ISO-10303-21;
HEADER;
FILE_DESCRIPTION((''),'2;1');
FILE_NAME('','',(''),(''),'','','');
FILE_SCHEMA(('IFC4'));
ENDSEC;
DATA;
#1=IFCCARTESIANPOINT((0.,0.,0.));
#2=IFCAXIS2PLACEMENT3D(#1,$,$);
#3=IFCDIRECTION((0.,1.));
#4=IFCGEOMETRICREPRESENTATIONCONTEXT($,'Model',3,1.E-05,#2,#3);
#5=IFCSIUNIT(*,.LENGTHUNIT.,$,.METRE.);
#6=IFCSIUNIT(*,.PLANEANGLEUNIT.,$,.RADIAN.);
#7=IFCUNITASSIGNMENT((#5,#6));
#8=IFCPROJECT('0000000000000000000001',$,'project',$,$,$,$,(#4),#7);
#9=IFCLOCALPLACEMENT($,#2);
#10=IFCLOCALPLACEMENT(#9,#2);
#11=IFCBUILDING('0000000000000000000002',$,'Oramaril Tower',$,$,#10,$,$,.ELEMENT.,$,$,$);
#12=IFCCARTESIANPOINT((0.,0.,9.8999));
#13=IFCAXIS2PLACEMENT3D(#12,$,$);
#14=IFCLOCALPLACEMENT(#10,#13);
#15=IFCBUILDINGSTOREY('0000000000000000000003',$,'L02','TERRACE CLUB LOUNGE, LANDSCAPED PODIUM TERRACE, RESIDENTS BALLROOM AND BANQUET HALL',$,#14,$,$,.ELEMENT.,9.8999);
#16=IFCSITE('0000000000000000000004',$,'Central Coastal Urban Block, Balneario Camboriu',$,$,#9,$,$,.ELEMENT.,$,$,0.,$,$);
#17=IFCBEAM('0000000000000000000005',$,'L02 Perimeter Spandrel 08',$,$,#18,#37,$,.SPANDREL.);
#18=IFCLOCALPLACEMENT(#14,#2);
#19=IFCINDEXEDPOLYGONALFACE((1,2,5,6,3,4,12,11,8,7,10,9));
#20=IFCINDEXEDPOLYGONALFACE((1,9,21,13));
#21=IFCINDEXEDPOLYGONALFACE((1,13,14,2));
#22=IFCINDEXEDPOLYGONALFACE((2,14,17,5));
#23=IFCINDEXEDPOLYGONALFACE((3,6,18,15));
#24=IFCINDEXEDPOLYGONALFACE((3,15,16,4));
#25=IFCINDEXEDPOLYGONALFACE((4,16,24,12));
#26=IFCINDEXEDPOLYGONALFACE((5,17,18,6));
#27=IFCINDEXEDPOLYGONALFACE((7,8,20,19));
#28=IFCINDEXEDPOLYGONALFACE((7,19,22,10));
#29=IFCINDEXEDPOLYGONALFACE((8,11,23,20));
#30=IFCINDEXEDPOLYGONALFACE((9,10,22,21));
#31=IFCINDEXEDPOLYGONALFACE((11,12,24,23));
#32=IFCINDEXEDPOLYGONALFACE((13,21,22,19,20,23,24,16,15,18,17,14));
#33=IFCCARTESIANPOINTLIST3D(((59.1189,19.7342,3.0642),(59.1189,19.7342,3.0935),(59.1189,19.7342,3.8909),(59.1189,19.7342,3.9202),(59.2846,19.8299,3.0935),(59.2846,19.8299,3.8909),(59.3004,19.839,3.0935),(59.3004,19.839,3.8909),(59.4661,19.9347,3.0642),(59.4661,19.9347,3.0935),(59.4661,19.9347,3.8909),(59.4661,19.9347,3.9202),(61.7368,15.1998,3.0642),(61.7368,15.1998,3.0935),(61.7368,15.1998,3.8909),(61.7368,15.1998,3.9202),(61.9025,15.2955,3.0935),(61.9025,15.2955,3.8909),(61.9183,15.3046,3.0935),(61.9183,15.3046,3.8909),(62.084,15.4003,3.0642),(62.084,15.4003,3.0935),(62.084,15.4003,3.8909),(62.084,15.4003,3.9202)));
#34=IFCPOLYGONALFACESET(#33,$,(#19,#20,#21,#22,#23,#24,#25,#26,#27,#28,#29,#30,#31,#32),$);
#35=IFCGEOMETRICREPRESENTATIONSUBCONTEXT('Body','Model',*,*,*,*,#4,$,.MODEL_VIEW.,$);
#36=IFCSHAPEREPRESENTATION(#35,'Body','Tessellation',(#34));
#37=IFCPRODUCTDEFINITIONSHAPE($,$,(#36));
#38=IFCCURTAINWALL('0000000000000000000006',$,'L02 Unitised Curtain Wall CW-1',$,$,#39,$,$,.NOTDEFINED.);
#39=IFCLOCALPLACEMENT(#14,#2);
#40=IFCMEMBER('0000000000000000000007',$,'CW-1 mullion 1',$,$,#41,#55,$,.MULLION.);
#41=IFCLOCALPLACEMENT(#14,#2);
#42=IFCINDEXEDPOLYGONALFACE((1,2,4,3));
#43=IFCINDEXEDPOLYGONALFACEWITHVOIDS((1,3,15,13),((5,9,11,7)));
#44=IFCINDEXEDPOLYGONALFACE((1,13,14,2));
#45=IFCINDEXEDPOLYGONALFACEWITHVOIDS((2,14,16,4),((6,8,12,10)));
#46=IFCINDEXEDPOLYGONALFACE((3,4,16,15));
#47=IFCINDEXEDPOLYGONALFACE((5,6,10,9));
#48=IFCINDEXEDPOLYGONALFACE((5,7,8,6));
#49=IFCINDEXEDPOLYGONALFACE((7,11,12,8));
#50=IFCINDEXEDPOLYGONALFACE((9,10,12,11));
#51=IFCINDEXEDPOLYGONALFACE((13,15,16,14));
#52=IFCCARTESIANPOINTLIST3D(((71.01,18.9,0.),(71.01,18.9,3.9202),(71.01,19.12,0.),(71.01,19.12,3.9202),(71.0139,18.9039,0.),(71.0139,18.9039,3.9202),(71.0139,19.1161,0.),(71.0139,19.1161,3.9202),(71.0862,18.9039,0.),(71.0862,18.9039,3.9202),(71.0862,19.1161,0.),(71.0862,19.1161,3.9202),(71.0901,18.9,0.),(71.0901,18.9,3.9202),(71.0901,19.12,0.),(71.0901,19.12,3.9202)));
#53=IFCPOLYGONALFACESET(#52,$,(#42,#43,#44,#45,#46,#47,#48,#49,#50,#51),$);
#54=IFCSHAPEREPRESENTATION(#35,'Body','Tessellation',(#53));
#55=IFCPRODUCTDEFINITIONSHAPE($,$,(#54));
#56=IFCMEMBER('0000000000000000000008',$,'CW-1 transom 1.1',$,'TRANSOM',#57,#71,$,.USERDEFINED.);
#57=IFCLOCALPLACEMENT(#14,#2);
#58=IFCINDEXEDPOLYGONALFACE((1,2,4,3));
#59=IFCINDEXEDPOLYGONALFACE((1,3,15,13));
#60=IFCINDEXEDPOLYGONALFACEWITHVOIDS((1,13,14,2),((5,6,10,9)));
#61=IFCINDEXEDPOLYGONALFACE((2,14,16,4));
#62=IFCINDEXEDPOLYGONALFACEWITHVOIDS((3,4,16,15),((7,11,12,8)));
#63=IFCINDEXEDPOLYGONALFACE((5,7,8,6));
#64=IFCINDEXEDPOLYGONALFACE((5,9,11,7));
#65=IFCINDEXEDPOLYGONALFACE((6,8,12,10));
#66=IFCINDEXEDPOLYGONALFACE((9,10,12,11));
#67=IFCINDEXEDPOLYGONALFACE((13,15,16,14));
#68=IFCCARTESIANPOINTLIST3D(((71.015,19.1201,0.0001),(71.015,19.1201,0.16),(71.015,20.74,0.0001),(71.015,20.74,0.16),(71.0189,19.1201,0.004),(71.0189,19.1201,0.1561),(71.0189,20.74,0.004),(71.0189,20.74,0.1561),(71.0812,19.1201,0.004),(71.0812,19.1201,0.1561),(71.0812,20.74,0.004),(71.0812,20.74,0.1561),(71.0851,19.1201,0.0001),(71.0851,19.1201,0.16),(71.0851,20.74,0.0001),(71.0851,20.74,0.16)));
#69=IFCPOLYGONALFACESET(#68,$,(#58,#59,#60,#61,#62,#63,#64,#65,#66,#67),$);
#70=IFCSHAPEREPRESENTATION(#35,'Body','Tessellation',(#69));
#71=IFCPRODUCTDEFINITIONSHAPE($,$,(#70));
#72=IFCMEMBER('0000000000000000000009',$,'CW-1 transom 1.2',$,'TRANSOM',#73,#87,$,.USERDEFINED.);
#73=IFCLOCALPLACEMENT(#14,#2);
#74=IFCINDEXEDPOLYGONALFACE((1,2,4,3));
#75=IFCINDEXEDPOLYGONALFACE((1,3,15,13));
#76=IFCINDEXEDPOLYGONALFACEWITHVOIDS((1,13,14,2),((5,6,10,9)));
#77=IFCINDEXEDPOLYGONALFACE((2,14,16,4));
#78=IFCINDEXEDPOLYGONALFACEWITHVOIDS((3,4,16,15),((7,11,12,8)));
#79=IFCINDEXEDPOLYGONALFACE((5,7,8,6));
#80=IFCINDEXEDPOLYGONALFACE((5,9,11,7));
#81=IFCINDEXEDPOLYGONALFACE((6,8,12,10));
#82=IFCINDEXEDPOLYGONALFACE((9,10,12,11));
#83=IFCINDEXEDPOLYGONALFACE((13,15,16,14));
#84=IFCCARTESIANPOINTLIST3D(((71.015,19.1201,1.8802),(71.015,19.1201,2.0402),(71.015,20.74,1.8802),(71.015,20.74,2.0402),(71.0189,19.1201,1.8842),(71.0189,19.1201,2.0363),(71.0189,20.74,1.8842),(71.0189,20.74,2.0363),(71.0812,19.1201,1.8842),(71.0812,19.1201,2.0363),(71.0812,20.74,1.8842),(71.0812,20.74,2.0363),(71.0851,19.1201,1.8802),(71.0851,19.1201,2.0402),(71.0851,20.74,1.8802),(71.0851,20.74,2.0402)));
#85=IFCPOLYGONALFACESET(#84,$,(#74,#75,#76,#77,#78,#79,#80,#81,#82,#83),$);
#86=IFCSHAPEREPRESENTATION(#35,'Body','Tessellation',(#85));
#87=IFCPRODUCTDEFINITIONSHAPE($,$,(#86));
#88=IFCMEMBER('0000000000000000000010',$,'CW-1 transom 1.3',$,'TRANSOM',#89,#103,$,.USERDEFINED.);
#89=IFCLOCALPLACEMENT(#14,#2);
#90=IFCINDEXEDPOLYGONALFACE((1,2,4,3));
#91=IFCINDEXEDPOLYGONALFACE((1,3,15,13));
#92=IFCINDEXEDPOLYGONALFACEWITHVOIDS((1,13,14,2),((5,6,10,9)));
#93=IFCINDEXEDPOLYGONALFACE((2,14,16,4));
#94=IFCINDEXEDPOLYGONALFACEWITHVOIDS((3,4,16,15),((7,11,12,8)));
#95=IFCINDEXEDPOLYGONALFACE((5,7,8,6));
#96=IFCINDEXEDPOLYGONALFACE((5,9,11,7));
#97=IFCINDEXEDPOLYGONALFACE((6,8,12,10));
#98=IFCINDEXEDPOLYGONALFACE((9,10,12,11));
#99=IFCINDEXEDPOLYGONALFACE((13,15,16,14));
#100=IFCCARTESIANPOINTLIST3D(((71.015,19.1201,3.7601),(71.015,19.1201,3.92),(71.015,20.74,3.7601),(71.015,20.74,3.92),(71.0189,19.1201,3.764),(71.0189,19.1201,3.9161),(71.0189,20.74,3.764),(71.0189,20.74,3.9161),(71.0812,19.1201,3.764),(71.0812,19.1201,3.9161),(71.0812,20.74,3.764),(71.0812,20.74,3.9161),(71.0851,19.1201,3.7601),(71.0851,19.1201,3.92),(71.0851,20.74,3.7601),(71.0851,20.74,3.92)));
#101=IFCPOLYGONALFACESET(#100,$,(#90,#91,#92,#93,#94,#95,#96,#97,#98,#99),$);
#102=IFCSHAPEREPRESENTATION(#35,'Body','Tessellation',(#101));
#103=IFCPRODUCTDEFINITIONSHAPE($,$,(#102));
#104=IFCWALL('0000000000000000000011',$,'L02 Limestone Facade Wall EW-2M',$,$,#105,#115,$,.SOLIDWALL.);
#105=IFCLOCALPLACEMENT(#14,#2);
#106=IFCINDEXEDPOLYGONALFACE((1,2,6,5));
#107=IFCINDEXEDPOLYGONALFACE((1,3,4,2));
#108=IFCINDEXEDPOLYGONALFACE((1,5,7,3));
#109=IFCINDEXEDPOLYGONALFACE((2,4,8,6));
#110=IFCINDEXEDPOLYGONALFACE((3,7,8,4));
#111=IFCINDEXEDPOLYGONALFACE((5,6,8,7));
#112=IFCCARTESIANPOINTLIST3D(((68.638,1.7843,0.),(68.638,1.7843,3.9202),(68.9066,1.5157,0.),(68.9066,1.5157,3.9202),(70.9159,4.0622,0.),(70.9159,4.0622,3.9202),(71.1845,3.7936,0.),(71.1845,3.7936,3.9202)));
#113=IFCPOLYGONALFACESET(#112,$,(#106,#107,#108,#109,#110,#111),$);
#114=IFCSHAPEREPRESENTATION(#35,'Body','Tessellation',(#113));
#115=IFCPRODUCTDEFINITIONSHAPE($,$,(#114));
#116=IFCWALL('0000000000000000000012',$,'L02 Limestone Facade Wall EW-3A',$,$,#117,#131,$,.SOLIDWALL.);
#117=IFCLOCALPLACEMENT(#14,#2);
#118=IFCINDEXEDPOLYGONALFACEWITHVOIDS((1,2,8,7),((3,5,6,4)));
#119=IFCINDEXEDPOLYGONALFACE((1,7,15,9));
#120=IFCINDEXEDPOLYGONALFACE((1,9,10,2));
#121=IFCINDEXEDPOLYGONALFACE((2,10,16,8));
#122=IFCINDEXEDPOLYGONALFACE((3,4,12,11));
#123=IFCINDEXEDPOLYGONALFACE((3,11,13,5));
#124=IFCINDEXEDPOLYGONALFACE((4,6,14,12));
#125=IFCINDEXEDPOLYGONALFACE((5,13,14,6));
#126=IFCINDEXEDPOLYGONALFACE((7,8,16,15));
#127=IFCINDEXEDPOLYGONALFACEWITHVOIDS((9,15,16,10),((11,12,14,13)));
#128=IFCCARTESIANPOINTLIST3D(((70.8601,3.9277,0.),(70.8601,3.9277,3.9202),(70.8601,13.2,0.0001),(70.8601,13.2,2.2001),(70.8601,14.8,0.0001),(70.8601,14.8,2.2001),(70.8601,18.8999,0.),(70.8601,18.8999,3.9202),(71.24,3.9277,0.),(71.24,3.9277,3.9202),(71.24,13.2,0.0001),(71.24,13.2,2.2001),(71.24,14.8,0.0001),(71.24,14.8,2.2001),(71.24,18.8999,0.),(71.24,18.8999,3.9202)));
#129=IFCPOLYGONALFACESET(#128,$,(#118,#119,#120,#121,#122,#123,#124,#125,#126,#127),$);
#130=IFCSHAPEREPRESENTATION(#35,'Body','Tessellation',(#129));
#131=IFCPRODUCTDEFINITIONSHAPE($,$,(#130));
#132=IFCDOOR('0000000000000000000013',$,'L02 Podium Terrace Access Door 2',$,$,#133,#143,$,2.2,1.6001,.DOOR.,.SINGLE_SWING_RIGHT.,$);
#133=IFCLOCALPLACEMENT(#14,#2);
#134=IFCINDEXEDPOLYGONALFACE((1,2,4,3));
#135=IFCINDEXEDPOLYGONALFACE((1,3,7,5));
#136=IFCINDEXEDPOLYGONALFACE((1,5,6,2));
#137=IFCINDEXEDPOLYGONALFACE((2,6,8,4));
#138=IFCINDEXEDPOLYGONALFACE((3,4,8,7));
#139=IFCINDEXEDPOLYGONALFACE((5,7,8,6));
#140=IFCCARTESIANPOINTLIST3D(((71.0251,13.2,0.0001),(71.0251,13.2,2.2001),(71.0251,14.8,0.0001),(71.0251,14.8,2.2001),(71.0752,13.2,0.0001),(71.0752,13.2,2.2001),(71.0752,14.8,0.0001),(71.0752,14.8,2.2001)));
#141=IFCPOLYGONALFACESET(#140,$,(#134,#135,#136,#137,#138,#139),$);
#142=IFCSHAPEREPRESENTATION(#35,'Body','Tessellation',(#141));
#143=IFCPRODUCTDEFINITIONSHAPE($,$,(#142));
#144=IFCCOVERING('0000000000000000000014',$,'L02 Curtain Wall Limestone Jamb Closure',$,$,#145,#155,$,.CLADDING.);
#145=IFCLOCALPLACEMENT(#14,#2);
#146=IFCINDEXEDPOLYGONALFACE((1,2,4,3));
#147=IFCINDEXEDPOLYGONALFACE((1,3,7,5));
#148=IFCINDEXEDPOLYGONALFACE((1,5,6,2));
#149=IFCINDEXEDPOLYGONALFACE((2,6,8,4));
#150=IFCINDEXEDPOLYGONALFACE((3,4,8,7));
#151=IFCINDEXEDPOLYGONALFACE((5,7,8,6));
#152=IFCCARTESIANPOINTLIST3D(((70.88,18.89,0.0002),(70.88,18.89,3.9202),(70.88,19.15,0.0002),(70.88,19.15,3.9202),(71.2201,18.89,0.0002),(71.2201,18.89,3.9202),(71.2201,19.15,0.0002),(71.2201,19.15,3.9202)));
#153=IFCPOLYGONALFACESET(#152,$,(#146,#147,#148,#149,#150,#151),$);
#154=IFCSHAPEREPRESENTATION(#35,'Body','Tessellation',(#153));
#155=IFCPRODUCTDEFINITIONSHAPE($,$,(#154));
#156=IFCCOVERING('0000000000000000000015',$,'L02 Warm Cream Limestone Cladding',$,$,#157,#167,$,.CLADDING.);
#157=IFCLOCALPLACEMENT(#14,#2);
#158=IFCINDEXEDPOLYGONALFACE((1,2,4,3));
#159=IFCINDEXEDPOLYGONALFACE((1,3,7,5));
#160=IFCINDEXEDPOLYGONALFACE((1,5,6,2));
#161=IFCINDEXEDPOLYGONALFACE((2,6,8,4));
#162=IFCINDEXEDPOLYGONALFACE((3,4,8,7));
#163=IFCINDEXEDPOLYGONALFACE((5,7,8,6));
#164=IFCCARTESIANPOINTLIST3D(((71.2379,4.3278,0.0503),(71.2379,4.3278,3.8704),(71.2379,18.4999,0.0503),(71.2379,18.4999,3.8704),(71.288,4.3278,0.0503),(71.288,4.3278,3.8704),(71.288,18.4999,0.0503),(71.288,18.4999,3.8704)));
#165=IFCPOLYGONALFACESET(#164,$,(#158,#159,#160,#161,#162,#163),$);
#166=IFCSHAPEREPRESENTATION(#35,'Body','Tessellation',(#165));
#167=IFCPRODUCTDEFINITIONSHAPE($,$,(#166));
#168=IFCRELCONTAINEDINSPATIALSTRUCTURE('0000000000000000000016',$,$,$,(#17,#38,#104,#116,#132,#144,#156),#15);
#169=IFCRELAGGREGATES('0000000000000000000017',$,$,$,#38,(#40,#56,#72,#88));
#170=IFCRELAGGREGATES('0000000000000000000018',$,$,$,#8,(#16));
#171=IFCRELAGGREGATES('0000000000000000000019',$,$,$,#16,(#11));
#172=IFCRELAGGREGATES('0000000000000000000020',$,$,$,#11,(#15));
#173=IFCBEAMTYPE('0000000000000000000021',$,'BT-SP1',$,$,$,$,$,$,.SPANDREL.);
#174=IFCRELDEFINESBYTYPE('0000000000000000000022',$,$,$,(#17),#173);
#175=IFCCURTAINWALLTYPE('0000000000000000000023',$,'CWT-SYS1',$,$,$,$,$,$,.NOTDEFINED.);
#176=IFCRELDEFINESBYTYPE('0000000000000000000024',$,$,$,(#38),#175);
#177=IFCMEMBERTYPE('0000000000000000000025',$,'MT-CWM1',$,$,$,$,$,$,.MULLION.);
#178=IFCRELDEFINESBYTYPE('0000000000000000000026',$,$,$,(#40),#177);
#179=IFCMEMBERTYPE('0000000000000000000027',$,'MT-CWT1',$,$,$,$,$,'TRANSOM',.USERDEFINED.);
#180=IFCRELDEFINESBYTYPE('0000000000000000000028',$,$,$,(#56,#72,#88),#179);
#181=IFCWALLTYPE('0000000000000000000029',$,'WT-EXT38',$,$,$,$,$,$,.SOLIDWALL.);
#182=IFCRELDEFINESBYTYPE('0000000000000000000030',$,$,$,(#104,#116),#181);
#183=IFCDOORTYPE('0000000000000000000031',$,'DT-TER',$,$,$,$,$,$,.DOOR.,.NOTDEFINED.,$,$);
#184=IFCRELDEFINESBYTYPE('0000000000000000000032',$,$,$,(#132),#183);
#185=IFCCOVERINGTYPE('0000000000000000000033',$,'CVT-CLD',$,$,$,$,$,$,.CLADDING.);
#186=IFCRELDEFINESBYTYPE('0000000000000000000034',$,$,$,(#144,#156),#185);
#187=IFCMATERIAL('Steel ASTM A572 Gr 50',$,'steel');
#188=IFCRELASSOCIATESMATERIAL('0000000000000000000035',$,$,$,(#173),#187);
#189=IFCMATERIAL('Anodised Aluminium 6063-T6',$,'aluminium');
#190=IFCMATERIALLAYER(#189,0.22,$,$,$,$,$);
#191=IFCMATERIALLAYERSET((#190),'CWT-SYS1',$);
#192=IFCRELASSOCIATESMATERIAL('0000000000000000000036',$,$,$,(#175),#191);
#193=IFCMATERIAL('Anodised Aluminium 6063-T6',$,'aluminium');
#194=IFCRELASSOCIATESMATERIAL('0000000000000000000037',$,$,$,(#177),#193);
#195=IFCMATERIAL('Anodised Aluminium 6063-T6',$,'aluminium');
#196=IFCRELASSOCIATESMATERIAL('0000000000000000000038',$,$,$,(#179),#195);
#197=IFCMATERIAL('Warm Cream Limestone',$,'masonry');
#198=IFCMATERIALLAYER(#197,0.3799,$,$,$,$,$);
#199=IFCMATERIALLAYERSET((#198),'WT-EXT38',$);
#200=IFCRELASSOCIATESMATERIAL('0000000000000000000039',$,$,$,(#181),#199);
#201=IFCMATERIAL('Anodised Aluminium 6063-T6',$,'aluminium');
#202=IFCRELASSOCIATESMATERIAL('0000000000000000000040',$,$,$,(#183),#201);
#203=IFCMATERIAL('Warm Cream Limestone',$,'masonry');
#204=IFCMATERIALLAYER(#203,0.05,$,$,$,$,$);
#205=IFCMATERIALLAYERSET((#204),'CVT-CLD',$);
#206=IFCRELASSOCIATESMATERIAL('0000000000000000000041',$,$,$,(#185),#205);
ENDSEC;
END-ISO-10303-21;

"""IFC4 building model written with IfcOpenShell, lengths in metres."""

from ifc_helpers import new_model, si_unit, direction, frame, frame_2d, origin, origin_2d, place, context, subcontext, project, spatial, rectangle, hollow_rectangle, i_section, extrude, material, layer, layer_set, material_profile, profile_set, type_object, element, fill, aggregate, save


model = new_model("IFC4")

# Units and contexts
model_context = context("Model", 3, precision=1e-05, world=origin(), true_north=direction((0.0, 1.0)))
body_context = subcontext(model_context, "Body", "Model", "MODEL_VIEW")
ifc_project = project(units=[si_unit("LENGTHUNIT", "METRE"), si_unit("PLANEANGLEUNIT", "RADIAN")], contexts=[model_context])

# Site, building, storey
site_placement = place(None, origin())
site = spatial("IfcSite", under=ifc_project, at=site_placement, Name="Central Coastal Urban Block, Balneario Camboriu", CompositionType="ELEMENT", RefElevation=0.0)
building_placement = place(site_placement, origin())
building = spatial("IfcBuilding", under=site, at=building_placement, Name="Oramaril Tower", CompositionType="ELEMENT")
storey_placement = place(building_placement, frame((0.0, 0.0, 9.8999)))
storey = spatial("IfcBuildingStorey", under=building, at=storey_placement, Name="L02", Description="TERRACE CLUB LOUNGE, LANDSCAPED PODIUM TERRACE, RESIDENTS BALLROOM AND BANQUET HALL", CompositionType="ELEMENT", Elevation=9.8999)

# Beam
ifc_material_1 = material(Name="Steel ASTM A572 Gr 50", Category="steel")
ifc_material_profile_1 = material_profile(ifc_material_1, i_section(OverallWidth=0.4009, OverallDepth=0.856, WebThickness=0.0183, FlangeThickness=0.0293, at=origin_2d()), Name="W33X201")
ifc_profile_set_1 = profile_set([ifc_material_profile_1], Name="Steel ASTM A572 Gr 50")
beam_type_1 = type_object("IfcBeamType", Name="BT-SP1", PredefinedType="SPANDREL", material=ifc_profile_set_1)
beam_1_placement = place(storey_placement, frame((61.9104, 15.3, 3.4922), z_axis=(-0.499996, 0.866028, 0.0), x_axis=(-0.866028, -0.499996, 0.0)))
element("IfcBeam", 1, at=beam_1_placement, inside=storey, type_object=beam_type_1, Name="L02 Perimeter Spandrel 08", PredefinedType="SPANDREL", context=body_context, shape_type="SweptSolid", body=[
    extrude(i_section(OverallWidth=0.4009, OverallDepth=0.856, WebThickness=0.0183, FlangeThickness=0.0293, at=origin_2d()), origin(), (0.0, 0.0, 1.0), 5.2358),
])

# Curtain wall, members
ifc_material_2 = material(Name="Anodised Aluminium 6063-T6", Category="aluminium")
ifc_layer_1 = layer(ifc_material_2, 0.22)
ifc_layer_set_1 = layer_set([ifc_layer_1], Name="CWT-SYS1")
curtain_wall_type = type_object("IfcCurtainWallType", Name="CWT-SYS1", PredefinedType="NOTDEFINED", material=ifc_layer_set_1)
curtain_wall_placement = place(storey_placement, origin())
curtain_wall = element("IfcCurtainWall", 2, at=curtain_wall_placement, inside=storey, type_object=curtain_wall_type, Name="L02 Unitised Curtain Wall CW-1", PredefinedType="NOTDEFINED")
ifc_material_3 = material(Name="Anodised Aluminium 6063-T6", Category="aluminium")
ifc_material_profile_2 = material_profile(ifc_material_3, hollow_rectangle(XDim=0.0801, YDim=0.22, WallThickness=0.0039, at=origin_2d()), Name="CWM220X80")
ifc_profile_set_2 = profile_set([ifc_material_profile_2], Name="Anodised Aluminium 6063-T6")
member_type_1 = type_object("IfcMemberType", Name="MT-CWM1", PredefinedType="MULLION", material=ifc_profile_set_2)
member_1_placement = place(storey_placement, frame((71.05, 19.01, 0.0), z_axis=(0.0, 0.0, 1.0), x_axis=(-1.0, 0.0, 0.0)))
member_1 = element("IfcMember", 3, at=member_1_placement, type_object=member_type_1, Name="CW-1 mullion 1", PredefinedType="MULLION", context=body_context, shape_type="SweptSolid", body=[
    extrude(hollow_rectangle(XDim=0.0801, YDim=0.22, WallThickness=0.0039, at=origin_2d()), origin(), (0.0, 0.0, 1.0), 3.9202),
])
ifc_material_4 = material(Name="Anodised Aluminium 6063-T6", Category="aluminium")
ifc_material_profile_3 = material_profile(ifc_material_4, hollow_rectangle(XDim=0.0701, YDim=0.1599, WallThickness=0.0039, at=origin_2d()), Name="CWT160X70")
ifc_profile_set_3 = profile_set([ifc_material_profile_3], Name="Anodised Aluminium 6063-T6")
member_type_2 = type_object("IfcMemberType", Name="MT-CWT1", ElementType="TRANSOM", PredefinedType="USERDEFINED", material=ifc_profile_set_3)
member_2_placement = place(storey_placement, frame((71.05, 19.1201, 0.0801), z_axis=(0.0, 1.0, 0.0), x_axis=(-1.0, 0.0, 0.0)))
member_2 = element("IfcMember", 4, at=member_2_placement, type_object=member_type_2, Name="CW-1 transom 1.1", ObjectType="TRANSOM", PredefinedType="USERDEFINED", context=body_context, shape_type="SweptSolid", body=[
    extrude(hollow_rectangle(XDim=0.0701, YDim=0.1599, WallThickness=0.0039, at=origin_2d()), origin(), (0.0, 0.0, 1.0), 1.6199),
])
member_3_placement = place(storey_placement, frame((71.05, 19.1201, 1.9602), z_axis=(0.0, 1.0, 0.0), x_axis=(-1.0, 0.0, 0.0)))
member_3 = element("IfcMember", 5, at=member_3_placement, type_object=member_type_2, Name="CW-1 transom 1.2", ObjectType="TRANSOM", PredefinedType="USERDEFINED", context=body_context, shape_type="SweptSolid", body=[
    extrude(hollow_rectangle(XDim=0.0701, YDim=0.1599, WallThickness=0.0039, at=origin_2d()), origin(), (0.0, 0.0, 1.0), 1.6199),
])
member_4_placement = place(storey_placement, frame((71.05, 19.1201, 3.8401), z_axis=(0.0, 1.0, 0.0), x_axis=(-1.0, 0.0, 0.0)))
member_4 = element("IfcMember", 6, at=member_4_placement, type_object=member_type_2, Name="CW-1 transom 1.3", ObjectType="TRANSOM", PredefinedType="USERDEFINED", context=body_context, shape_type="SweptSolid", body=[
    extrude(hollow_rectangle(XDim=0.0701, YDim=0.1599, WallThickness=0.0039, at=origin_2d()), origin(), (0.0, 0.0, 1.0), 1.6199),
])
aggregate(curtain_wall, [member_1, member_2, member_3, member_4])

# Wall
ifc_material_5 = material(Name="Warm Cream Limestone", Category="masonry")
ifc_layer_2 = layer(ifc_material_5, 0.3799)
ifc_layer_set_2 = layer_set([ifc_layer_2], Name="WT-EXT38")
wall_type = type_object("IfcWallType", Name="WT-EXT38", PredefinedType="SOLIDWALL", material=ifc_layer_set_2)
wall_1_placement = place(storey_placement, frame((68.7722, 1.6499, 0.0), z_axis=(0.0, 0.0, 1.0), x_axis=(0.707107, 0.707107, 0.0)))
element("IfcWall", 7, at=wall_1_placement, inside=storey, type_object=wall_type, Name="L02 Limestone Facade Wall EW-2M", PredefinedType="SOLIDWALL", context=body_context, shape_type="SweptSolid", body=[
    extrude(rectangle(XDim=3.2214, YDim=0.3799, at=frame_2d((1.6108, 0.0))), origin(), (0.0, 0.0, 1.0), 3.9202),
])

# Wall, opening, door
wall_2_placement = place(storey_placement, frame((71.05, 3.9277, 0.0), z_axis=(0.0, 0.0, 1.0), x_axis=(0.0, 1.0, 0.0)))
wall_2 = element("IfcWall", 8, at=wall_2_placement, inside=storey, type_object=wall_type, Name="L02 Limestone Facade Wall EW-3A", PredefinedType="SOLIDWALL", context=body_context, shape_type="SweptSolid", body=[
    extrude(rectangle(XDim=14.9722, YDim=0.3799, at=frame_2d((7.4861, 0.0))), origin(), (0.0, 0.0, 1.0), 3.9202),
])
opening_placement = place(wall_2_placement, frame((9.2722, 0.0, 0.0)))
opening = element("IfcOpeningElement", 9, at=opening_placement, cuts=wall_2, PredefinedType="OPENING", context=body_context, shape_type="SweptSolid", body=[
    extrude(rectangle(XDim=1.6001, YDim=2.2, at=frame_2d((0.8, 1.1001))), frame((0.0, 0.1899, 0.0), z_axis=(0.0, -1.0, 0.0), x_axis=(1.0, 0.0, 0.0)), (0.0, 0.0, 1.0), 0.3799),
])
ifc_material_6 = material(Name="Anodised Aluminium 6063-T6", Category="aluminium")
door_type = type_object("IfcDoorType", Name="DT-TER", OperationType="NOTDEFINED", PredefinedType="DOOR", material=ifc_material_6)
door_placement = place(opening_placement, origin())
door = element("IfcDoor", 10, at=door_placement, inside=storey, type_object=door_type, Name="L02 Podium Terrace Access Door 2", OperationType="SINGLE_SWING_RIGHT", OverallHeight=2.2, OverallWidth=1.6001, PredefinedType="DOOR", context=body_context, shape_type="SweptSolid", body=[
    extrude(rectangle(XDim=1.6001, YDim=2.2, at=frame_2d((0.8, 1.1001))), frame((0.0, 0.0249, 0.0), z_axis=(0.0, -1.0, 0.0), x_axis=(1.0, 0.0, 0.0)), (0.0, 0.0, 1.0), 0.05),
])
fill(opening, door)

# Coverings
ifc_material_7 = material(Name="Warm Cream Limestone", Category="masonry")
ifc_layer_3 = layer(ifc_material_7, 0.05)
ifc_layer_set_3 = layer_set([ifc_layer_3], Name="CVT-CLD")
covering_type = type_object("IfcCoveringType", Name="CVT-CLD", PredefinedType="CLADDING", material=ifc_layer_set_3)
covering_1_placement = place(storey_placement, frame((71.05, 19.02, 0.0002), z_axis=(0.0, 0.0, 1.0), x_axis=(0.0, 1.0, 0.0)))
element("IfcCovering", 11, at=covering_1_placement, inside=storey, type_object=covering_type, Name="L02 Curtain Wall Limestone Jamb Closure", PredefinedType="CLADDING", context=body_context, shape_type="SweptSolid", body=[
    extrude(rectangle(XDim=0.26, YDim=0.3401, at=origin_2d()), origin(), (0.0, 0.0, 1.0), 3.9199),
])
covering_2_placement = place(storey_placement, frame((71.2629, 11.4138, 0.0503), z_axis=(0.0, 0.0, 1.0), x_axis=(0.0, 1.0, 0.0)))
element("IfcCovering", 12, at=covering_2_placement, inside=storey, type_object=covering_type, Name="L02 Warm Cream Limestone Cladding", PredefinedType="CLADDING", context=body_context, shape_type="SweptSolid", body=[
    extrude(rectangle(XDim=14.1721, YDim=0.05, at=origin_2d()), origin(), (0.0, 0.0, 1.0), 3.8201),
])

save(model, "model.ifc")
